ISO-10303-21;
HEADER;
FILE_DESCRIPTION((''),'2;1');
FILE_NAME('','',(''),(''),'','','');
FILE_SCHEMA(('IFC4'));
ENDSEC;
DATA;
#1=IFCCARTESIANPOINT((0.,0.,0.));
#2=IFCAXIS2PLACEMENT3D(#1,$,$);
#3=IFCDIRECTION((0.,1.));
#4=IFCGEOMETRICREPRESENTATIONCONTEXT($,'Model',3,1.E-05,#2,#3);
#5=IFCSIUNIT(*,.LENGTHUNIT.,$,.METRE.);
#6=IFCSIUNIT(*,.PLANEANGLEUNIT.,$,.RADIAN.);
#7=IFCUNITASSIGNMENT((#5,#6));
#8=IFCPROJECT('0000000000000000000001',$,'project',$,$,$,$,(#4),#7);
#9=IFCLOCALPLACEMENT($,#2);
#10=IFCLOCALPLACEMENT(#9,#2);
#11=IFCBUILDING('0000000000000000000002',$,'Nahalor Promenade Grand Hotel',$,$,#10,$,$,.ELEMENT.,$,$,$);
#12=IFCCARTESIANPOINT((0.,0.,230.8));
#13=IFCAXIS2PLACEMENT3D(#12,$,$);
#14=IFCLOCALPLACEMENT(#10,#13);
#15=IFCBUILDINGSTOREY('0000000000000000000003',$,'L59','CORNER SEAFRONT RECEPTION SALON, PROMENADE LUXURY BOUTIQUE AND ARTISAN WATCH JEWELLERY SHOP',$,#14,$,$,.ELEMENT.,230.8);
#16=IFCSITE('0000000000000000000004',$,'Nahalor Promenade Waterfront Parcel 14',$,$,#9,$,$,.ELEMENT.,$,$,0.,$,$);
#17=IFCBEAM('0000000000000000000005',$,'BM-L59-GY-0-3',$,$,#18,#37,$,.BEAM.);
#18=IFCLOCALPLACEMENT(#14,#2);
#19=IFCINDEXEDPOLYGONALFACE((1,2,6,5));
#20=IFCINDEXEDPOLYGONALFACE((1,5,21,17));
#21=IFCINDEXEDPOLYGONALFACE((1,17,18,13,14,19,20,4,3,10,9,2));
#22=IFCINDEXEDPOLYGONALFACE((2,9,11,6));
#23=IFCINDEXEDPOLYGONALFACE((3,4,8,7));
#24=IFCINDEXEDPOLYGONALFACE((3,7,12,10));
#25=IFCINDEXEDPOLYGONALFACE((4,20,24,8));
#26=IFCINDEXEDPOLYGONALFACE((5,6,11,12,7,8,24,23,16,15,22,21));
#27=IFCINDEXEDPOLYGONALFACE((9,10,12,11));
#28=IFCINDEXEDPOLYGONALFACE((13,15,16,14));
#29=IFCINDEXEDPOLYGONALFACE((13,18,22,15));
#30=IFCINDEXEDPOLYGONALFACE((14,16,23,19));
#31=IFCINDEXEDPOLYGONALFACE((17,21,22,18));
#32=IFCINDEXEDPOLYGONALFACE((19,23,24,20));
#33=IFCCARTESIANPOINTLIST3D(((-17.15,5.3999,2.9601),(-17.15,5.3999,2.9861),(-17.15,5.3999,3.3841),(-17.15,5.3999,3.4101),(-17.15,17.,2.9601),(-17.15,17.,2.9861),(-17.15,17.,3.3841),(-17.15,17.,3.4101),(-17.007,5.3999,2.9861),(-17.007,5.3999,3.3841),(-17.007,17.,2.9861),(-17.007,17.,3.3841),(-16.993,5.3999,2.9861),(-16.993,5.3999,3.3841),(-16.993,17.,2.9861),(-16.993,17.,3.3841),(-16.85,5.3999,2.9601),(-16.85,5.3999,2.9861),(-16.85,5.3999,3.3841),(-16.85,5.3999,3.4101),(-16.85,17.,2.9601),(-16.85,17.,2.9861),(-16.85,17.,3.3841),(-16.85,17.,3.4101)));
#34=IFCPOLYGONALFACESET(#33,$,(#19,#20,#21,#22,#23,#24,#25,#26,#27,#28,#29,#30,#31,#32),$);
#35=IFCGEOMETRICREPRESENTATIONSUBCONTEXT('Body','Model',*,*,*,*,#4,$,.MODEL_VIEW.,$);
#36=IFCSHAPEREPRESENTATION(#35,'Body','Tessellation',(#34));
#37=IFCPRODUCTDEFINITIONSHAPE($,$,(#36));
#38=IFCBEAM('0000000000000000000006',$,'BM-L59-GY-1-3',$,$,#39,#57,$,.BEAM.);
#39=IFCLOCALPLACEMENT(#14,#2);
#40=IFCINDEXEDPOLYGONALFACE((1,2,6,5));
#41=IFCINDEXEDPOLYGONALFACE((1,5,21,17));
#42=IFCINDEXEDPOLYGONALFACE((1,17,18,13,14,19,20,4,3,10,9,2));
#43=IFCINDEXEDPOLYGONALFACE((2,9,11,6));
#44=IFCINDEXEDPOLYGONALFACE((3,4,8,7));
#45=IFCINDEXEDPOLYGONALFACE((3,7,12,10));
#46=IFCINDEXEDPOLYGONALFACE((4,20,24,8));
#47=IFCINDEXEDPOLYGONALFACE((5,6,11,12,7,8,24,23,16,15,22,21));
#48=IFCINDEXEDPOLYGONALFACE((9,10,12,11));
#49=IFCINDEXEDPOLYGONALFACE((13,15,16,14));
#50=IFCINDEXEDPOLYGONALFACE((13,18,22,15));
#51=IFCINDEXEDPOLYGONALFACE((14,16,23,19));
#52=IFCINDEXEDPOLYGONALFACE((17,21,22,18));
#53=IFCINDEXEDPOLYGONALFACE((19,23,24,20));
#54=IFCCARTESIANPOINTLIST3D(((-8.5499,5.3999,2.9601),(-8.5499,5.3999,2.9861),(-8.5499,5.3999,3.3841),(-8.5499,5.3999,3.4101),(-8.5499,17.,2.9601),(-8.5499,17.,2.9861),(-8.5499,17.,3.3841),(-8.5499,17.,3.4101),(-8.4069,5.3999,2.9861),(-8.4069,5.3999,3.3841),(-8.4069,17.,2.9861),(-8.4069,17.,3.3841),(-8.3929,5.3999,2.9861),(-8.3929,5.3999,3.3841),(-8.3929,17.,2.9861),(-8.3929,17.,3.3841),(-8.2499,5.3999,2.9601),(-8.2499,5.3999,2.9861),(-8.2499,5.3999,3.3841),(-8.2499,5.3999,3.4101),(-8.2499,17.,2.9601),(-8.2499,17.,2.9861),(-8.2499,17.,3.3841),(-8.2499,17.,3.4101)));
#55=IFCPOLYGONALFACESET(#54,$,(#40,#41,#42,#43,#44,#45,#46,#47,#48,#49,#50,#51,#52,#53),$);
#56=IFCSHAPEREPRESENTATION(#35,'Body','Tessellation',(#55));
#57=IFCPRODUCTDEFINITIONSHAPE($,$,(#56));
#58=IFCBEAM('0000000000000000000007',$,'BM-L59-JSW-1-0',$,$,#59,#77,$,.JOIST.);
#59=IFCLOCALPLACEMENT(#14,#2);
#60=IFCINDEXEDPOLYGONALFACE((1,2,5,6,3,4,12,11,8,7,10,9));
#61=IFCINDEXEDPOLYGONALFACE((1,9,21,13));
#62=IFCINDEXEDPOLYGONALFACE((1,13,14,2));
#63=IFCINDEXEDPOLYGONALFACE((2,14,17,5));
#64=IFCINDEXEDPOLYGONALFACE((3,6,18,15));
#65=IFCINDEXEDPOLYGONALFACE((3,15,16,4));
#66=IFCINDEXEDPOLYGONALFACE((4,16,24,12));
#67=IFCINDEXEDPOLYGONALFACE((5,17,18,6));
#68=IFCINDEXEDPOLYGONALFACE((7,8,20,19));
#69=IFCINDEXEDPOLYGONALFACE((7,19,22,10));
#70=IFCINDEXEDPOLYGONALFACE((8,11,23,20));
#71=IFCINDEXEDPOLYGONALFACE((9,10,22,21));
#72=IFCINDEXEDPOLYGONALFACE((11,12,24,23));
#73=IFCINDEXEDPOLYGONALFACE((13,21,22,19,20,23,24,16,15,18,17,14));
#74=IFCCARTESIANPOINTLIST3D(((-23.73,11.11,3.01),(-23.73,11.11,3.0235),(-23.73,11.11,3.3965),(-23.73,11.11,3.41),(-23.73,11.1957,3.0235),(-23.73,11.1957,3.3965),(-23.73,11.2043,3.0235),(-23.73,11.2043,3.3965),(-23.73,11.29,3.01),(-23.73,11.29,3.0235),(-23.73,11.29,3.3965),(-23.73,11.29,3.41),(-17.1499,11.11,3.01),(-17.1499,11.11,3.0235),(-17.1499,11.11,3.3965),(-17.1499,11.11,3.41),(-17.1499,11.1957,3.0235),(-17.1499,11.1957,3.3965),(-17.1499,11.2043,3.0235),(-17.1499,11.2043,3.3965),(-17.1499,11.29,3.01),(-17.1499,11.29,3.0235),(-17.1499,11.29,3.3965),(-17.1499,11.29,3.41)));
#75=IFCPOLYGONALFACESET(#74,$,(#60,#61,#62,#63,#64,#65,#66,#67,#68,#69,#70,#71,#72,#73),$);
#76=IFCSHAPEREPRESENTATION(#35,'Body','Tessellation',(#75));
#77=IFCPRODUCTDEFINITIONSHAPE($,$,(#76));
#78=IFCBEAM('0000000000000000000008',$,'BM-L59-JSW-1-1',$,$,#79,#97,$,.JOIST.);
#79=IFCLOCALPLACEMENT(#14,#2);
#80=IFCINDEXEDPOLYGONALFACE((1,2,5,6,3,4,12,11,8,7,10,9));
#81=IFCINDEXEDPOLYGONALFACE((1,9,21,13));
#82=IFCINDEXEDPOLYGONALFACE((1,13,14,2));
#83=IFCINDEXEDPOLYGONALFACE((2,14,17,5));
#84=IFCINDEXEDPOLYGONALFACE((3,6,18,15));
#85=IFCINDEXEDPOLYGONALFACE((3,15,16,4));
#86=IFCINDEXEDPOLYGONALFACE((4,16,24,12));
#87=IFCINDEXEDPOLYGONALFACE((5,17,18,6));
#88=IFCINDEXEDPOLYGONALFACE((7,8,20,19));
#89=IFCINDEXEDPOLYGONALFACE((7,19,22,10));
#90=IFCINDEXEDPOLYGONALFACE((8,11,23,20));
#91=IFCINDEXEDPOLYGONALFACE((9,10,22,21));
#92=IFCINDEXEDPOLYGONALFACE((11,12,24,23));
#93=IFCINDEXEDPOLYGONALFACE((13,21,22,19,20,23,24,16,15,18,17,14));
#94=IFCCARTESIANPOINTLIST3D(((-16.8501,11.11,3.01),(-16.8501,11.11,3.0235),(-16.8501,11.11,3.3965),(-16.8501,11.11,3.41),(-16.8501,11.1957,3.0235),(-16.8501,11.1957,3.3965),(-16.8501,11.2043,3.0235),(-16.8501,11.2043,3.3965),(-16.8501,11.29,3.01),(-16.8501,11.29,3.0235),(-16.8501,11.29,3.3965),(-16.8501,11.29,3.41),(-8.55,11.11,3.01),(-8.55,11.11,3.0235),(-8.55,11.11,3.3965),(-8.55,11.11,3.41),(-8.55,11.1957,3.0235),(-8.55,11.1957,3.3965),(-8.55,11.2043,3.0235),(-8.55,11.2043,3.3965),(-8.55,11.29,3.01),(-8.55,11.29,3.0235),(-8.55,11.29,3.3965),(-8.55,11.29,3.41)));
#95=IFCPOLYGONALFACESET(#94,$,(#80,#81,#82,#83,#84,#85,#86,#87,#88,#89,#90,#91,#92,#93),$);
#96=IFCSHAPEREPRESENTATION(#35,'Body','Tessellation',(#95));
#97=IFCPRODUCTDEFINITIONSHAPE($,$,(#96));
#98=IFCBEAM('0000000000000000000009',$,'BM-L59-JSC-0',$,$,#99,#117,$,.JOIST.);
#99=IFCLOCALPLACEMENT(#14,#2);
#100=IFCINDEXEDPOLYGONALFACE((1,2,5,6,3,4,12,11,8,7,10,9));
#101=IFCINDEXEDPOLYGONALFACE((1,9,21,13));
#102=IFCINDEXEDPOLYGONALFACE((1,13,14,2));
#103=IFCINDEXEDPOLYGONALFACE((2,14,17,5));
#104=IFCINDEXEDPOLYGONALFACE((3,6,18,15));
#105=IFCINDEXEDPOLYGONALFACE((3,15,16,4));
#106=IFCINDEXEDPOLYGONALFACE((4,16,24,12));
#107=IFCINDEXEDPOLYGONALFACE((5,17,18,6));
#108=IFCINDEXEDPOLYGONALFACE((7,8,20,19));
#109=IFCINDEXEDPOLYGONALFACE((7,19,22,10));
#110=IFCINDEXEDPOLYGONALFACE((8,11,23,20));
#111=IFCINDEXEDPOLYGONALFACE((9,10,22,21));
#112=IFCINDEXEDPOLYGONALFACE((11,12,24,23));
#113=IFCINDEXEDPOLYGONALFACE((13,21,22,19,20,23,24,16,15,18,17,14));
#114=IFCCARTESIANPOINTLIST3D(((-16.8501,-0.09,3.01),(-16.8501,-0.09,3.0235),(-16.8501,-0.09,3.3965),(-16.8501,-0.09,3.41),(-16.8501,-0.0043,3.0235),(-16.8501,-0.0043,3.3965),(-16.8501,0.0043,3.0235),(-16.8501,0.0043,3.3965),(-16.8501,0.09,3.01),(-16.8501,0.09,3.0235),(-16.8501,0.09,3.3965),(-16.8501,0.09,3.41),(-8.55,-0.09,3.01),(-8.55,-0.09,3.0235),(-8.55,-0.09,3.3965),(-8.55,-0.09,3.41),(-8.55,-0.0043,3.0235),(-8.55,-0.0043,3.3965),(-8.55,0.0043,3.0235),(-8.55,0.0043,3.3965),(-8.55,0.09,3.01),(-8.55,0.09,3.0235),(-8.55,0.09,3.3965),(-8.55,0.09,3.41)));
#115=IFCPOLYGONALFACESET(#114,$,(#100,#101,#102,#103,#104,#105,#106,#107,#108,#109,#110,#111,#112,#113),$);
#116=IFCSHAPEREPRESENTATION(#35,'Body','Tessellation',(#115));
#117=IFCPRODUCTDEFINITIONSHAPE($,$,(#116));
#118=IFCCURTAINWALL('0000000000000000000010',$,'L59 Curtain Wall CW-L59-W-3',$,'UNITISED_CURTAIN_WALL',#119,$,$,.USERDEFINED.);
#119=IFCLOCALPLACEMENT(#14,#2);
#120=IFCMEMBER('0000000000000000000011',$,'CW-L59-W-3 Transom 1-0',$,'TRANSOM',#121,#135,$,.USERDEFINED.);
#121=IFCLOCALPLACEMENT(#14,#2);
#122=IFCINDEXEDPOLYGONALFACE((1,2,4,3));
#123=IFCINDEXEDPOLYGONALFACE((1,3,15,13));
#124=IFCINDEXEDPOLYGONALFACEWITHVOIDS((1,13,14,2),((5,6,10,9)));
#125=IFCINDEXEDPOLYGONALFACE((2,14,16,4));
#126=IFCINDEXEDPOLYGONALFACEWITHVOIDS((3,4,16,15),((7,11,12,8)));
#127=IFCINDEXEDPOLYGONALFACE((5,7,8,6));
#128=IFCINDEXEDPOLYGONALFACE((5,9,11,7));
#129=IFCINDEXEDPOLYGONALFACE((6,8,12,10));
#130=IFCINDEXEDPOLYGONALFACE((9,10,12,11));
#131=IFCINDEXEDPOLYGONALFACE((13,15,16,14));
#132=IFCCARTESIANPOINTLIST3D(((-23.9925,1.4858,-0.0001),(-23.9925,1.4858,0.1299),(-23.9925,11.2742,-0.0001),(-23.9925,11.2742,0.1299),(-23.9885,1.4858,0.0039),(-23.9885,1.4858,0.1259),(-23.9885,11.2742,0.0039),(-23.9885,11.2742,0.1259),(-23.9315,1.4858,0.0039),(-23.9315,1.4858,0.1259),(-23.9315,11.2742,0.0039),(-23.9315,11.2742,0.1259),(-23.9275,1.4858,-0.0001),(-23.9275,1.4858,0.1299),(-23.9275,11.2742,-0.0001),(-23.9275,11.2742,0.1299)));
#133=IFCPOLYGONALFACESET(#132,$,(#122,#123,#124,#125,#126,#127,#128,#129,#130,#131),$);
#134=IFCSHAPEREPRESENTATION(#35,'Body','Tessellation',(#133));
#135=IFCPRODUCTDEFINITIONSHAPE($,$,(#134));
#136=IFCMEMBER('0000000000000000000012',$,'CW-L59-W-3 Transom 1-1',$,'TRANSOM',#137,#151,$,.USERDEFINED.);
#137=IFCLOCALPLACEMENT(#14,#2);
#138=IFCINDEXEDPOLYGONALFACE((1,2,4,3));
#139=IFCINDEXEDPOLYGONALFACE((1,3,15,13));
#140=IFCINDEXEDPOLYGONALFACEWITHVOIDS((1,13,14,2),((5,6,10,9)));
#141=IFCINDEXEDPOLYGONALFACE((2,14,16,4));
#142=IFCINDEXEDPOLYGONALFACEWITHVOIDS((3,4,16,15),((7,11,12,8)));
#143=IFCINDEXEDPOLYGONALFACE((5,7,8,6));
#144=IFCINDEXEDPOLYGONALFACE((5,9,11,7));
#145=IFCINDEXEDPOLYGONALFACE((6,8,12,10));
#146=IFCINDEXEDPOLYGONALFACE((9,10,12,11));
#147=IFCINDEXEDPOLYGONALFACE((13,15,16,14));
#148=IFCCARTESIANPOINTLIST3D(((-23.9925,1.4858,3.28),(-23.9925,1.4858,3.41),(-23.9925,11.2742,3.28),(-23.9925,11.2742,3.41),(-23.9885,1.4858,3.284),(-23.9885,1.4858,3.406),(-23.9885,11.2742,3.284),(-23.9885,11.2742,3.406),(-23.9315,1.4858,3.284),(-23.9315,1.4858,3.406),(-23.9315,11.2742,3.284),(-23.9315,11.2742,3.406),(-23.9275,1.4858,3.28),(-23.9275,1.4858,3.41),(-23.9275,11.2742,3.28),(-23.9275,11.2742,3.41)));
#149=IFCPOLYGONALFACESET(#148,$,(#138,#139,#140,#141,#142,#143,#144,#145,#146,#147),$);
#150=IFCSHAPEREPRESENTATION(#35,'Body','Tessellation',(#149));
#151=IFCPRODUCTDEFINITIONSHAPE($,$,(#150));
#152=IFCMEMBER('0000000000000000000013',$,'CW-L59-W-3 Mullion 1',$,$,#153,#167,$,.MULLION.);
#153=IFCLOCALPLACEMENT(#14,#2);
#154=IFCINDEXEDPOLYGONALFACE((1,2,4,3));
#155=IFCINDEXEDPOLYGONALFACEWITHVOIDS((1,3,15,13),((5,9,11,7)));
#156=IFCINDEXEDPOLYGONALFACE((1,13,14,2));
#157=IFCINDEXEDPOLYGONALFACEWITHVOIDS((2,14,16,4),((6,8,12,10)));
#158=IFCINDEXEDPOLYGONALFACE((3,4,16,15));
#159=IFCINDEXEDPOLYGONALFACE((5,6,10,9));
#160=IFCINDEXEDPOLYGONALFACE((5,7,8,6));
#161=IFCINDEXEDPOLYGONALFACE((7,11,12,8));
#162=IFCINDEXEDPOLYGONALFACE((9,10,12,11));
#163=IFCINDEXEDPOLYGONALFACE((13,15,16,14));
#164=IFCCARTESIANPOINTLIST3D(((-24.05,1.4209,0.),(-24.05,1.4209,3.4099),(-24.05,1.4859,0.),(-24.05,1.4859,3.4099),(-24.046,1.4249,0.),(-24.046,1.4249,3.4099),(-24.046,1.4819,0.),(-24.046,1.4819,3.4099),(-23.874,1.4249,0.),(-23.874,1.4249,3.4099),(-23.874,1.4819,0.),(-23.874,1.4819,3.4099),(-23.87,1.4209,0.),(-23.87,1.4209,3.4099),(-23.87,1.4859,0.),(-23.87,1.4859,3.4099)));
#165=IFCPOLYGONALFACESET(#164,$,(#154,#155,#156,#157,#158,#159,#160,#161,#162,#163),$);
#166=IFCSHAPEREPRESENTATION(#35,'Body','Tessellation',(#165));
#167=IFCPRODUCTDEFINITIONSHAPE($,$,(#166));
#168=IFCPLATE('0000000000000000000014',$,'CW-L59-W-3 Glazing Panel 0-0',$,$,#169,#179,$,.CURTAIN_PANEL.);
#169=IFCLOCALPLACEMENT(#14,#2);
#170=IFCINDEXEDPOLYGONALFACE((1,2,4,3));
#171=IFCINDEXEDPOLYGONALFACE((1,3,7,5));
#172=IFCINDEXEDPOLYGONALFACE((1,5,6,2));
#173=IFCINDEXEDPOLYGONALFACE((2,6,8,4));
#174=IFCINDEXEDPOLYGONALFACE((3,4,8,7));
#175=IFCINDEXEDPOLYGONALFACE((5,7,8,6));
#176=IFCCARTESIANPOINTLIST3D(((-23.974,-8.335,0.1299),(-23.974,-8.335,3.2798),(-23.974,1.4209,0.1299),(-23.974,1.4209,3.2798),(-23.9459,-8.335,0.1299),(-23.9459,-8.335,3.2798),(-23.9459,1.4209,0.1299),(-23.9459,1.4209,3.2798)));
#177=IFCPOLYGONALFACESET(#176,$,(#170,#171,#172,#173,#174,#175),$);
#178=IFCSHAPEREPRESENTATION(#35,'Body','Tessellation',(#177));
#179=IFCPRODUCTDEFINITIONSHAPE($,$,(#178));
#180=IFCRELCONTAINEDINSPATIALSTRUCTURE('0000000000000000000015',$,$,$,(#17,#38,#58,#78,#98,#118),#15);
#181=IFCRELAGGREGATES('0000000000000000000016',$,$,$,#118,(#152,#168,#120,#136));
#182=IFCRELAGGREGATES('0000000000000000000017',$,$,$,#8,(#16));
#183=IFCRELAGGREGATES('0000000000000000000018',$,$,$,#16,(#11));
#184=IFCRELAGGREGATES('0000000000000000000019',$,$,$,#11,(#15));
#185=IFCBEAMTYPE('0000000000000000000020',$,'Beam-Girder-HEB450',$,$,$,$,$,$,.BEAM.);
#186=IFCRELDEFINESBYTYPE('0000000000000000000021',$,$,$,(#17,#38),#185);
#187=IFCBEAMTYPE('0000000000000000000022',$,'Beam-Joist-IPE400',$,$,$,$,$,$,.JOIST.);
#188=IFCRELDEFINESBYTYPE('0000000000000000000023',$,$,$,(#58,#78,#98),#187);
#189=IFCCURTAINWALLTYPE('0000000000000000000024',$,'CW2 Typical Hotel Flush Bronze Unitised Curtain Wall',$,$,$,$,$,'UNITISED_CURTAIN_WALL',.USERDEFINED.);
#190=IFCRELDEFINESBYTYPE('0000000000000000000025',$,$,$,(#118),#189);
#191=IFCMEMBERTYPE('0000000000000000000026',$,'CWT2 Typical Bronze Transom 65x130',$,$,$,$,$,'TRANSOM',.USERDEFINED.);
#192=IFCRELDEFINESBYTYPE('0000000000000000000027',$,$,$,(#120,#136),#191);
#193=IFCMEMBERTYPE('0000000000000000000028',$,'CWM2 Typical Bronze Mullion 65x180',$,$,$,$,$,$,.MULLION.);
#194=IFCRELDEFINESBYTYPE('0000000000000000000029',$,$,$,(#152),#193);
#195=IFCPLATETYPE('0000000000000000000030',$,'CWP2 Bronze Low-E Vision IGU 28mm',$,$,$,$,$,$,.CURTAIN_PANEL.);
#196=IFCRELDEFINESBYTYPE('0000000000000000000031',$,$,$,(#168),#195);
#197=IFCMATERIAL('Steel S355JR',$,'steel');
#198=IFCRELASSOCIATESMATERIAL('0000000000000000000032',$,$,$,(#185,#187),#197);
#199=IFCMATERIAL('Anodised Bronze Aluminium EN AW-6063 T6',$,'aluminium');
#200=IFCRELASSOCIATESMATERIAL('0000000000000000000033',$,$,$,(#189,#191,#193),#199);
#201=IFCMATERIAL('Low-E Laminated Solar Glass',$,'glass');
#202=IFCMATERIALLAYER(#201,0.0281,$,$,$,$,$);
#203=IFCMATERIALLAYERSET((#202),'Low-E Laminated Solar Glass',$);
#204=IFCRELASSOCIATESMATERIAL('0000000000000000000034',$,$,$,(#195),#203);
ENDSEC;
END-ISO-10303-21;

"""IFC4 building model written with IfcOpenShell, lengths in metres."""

from ifc_helpers import new_model, si_unit, direction, frame, origin, origin_2d, place, context, subcontext, project, spatial, rectangle, hollow_rectangle, i_section, extrude, source, transform, mapped, material, layer, layer_set, material_profile, profile_set, type_object, element, aggregate, save


model = new_model("IFC4")

# Units and contexts
model_context = context("Model", 3, precision=1e-05, world=origin(), true_north=direction((0.0, 1.0)))
body_context = subcontext(model_context, "Body", "Model", "MODEL_VIEW")
ifc_project = project(units=[si_unit("LENGTHUNIT", "METRE"), si_unit("PLANEANGLEUNIT", "RADIAN")], contexts=[model_context])

# Site, building, storey
site_placement = place(None, origin())
site = spatial("IfcSite", under=ifc_project, at=site_placement, Name="Nahalor Promenade Waterfront Parcel 14", CompositionType="ELEMENT", RefElevation=0.0)
building_placement = place(site_placement, origin())
building = spatial("IfcBuilding", under=site, at=building_placement, Name="Nahalor Promenade Grand Hotel", CompositionType="ELEMENT")
storey_placement = place(building_placement, frame((0.0, 0.0, 230.8)))
storey = spatial("IfcBuildingStorey", under=building, at=storey_placement, Name="L59", Description="CORNER SEAFRONT RECEPTION SALON, PROMENADE LUXURY BOUTIQUE AND ARTISAN WATCH JEWELLERY SHOP", CompositionType="ELEMENT", Elevation=230.8)

# Shared definitions
ifc_material_1 = material(Name="Steel S355JR", Category="steel")

# Beams
ifc_material_profile_1 = material_profile(ifc_material_1, i_section(OverallWidth=0.3, OverallDepth=0.45, WebThickness=0.014, FlangeThickness=0.026, at=origin_2d()), Name="HEB 450")
ifc_profile_set_1 = profile_set([ifc_material_profile_1], Name="Steel S355JR")
beam_type_1 = type_object("IfcBeamType", Name="Beam-Girder-HEB450", PredefinedType="BEAM", material=ifc_profile_set_1)
shared_shape_1 = source(origin(), body_context, "Body", "SweptSolid", [
    extrude(i_section(OverallWidth=0.3, OverallDepth=0.45, WebThickness=0.014, FlangeThickness=0.026, at=origin_2d()), origin(), (0.0, 0.0, 1.0), 11.6001),
])
for number, where, z_axis, x_axis, name in (
    (1, (-17.0, 5.3999, 3.1851), (0.0, 1.0, 0.0), (-1.0, 0.0, 0.0), "BM-L59-GY-0-3"),
    (2, (-8.3999, 5.3999, 3.1851), (0.0, 1.0, 0.0), (-1.0, 0.0, 0.0), "BM-L59-GY-1-3"),
):
    element("IfcBeam", number, at=place(storey_placement, frame(where, z_axis=z_axis, x_axis=x_axis)), inside=storey, type_object=beam_type_1, Name=name, PredefinedType="BEAM", context=body_context, shape_type="MappedRepresentation", body=[
        mapped(shared_shape_1, transform((0.0, 0.0, 0.0), scale=1.0)),
    ])
ifc_material_profile_2 = material_profile(ifc_material_1, i_section(OverallWidth=0.18, OverallDepth=0.4, WebThickness=0.0086, FlangeThickness=0.0135, at=origin_2d()), Name="IPE 400")
ifc_profile_set_2 = profile_set([ifc_material_profile_2], Name="Steel S355JR")
beam_type_2 = type_object("IfcBeamType", Name="Beam-Joist-IPE400", PredefinedType="JOIST", material=ifc_profile_set_2)
shared_shape_2 = source(origin(), body_context, "Body", "SweptSolid", [
    extrude(i_section(OverallWidth=0.18, OverallDepth=0.4, WebThickness=0.0086, FlangeThickness=0.0135, at=origin_2d()), origin(), (0.0, 0.0, 1.0), 6.5801),
])
beam_1_placement = place(storey_placement, frame((-23.73, 11.2, 3.21), z_axis=(1.0, 0.0, 0.0), x_axis=(0.0, 1.0, 0.0)))
element("IfcBeam", 3, at=beam_1_placement, inside=storey, type_object=beam_type_2, Name="BM-L59-JSW-1-0", PredefinedType="JOIST", context=body_context, shape_type="MappedRepresentation", body=[
    mapped(shared_shape_2, transform((0.0, 0.0, 0.0), scale=1.0)),
])
shared_shape_3 = source(origin(), body_context, "Body", "SweptSolid", [
    extrude(i_section(OverallWidth=0.18, OverallDepth=0.4, WebThickness=0.0086, FlangeThickness=0.0135, at=origin_2d()), origin(), (0.0, 0.0, 1.0), 8.3),
])
for number, where, z_axis, x_axis, name in (
    (4, (-16.8501, 11.2, 3.21), (1.0, 0.0, 0.0), (0.0, 1.0, 0.0), "BM-L59-JSW-1-1"),
    (5, (-16.8501, 0.0, 3.21), (1.0, 0.0, 0.0), (0.0, 1.0, 0.0), "BM-L59-JSC-0"),
):
    element("IfcBeam", number, at=place(storey_placement, frame(where, z_axis=z_axis, x_axis=x_axis)), inside=storey, type_object=beam_type_2, Name=name, PredefinedType="JOIST", context=body_context, shape_type="MappedRepresentation", body=[
        mapped(shared_shape_3, transform((0.0, 0.0, 0.0), scale=1.0)),
    ])

# Curtain wall, members, plate
ifc_material_2 = material(Name="Anodised Bronze Aluminium EN AW-6063 T6", Category="aluminium")
curtain_wall_type = type_object("IfcCurtainWallType", Name="CW2 Typical Hotel Flush Bronze Unitised Curtain Wall", ElementType="UNITISED_CURTAIN_WALL", PredefinedType="USERDEFINED", material=ifc_material_2)
curtain_wall_placement = place(storey_placement, origin())
curtain_wall = element("IfcCurtainWall", 6, at=curtain_wall_placement, inside=storey, type_object=curtain_wall_type, Name="L59 Curtain Wall CW-L59-W-3", ObjectType="UNITISED_CURTAIN_WALL", PredefinedType="USERDEFINED")
ifc_material_profile_3 = material_profile(ifc_material_2, hollow_rectangle(XDim=0.065, YDim=0.13, WallThickness=0.004, at=origin_2d()), Name="CWT 65x130x4")
ifc_profile_set_3 = profile_set([ifc_material_profile_3], Name="Anodised Bronze Aluminium EN AW-6063 T6")
member_type_1 = type_object("IfcMemberType", Name="CWT2 Typical Bronze Transom 65x130", ElementType="TRANSOM", PredefinedType="USERDEFINED", material=ifc_profile_set_3)
shared_shape_4 = source(origin(), body_context, "Body", "SweptSolid", [
    extrude(hollow_rectangle(XDim=0.065, YDim=0.13, WallThickness=0.004, at=origin_2d()), origin(), (0.0, 0.0, 1.0), 9.7883),
])
member_1_placement = place(storey_placement, frame((-23.96, 1.4858, 0.0649), z_axis=(0.0, 1.0, 0.0), x_axis=(-1.0, 0.0, 0.0)))
member_1 = element("IfcMember", 7, at=member_1_placement, type_object=member_type_1, Name="CW-L59-W-3 Transom 1-0", ObjectType="TRANSOM", PredefinedType="USERDEFINED", context=body_context, shape_type="MappedRepresentation", body=[
    mapped(shared_shape_4, transform((0.0, 0.0, 0.0), scale=1.0)),
])
member_2_placement = place(storey_placement, frame((-23.96, 1.4858, 3.345), z_axis=(0.0, 1.0, 0.0), x_axis=(-1.0, 0.0, 0.0)))
member_2 = element("IfcMember", 8, at=member_2_placement, type_object=member_type_1, Name="CW-L59-W-3 Transom 1-1", ObjectType="TRANSOM", PredefinedType="USERDEFINED", context=body_context, shape_type="MappedRepresentation", body=[
    mapped(shared_shape_4, transform((0.0, 0.0, 0.0), scale=1.0)),
])
ifc_material_profile_4 = material_profile(ifc_material_2, hollow_rectangle(XDim=0.065, YDim=0.18, WallThickness=0.004, at=origin_2d()), Name="CWM 65x180x4")
ifc_profile_set_4 = profile_set([ifc_material_profile_4], Name="Anodised Bronze Aluminium EN AW-6063 T6")
member_type_2 = type_object("IfcMemberType", Name="CWM2 Typical Bronze Mullion 65x180", PredefinedType="MULLION", material=ifc_profile_set_4)
shared_shape_5 = source(origin(), body_context, "Body", "SweptSolid", [
    extrude(hollow_rectangle(XDim=0.065, YDim=0.18, WallThickness=0.004, at=origin_2d()), origin(), (0.0, 0.0, 1.0), 3.4099),
])
member_3_placement = place(storey_placement, frame((-23.96, 1.4534, 0.0), z_axis=(0.0, 0.0, 1.0), x_axis=(0.0, 1.0, 0.0)))
member_3 = element("IfcMember", 9, at=member_3_placement, type_object=member_type_2, Name="CW-L59-W-3 Mullion 1", PredefinedType="MULLION", context=body_context, shape_type="MappedRepresentation", body=[
    mapped(shared_shape_5, transform((0.0, 0.0, 0.0), scale=1.0)),
])
ifc_material_3 = material(Name="Low-E Laminated Solar Glass", Category="glass")
ifc_layer_1 = layer(ifc_material_3, 0.0281)
ifc_layer_set_1 = layer_set([ifc_layer_1], Name="Low-E Laminated Solar Glass")
plate_type = type_object("IfcPlateType", Name="CWP2 Bronze Low-E Vision IGU 28mm", PredefinedType="CURTAIN_PANEL", material=ifc_layer_set_1)
shared_shape_6 = source(origin(), body_context, "Body", "SweptSolid", [
    extrude(rectangle(XDim=9.7559, YDim=0.0281, at=origin_2d()), origin(), (0.0, 0.0, 1.0), 3.1499),
])
plate_1_placement = place(storey_placement, frame((-23.96, -3.457, 0.1299), z_axis=(0.0, 0.0, 1.0), x_axis=(0.0, 1.0, 0.0)))
plate_1 = element("IfcPlate", 10, at=plate_1_placement, type_object=plate_type, Name="CW-L59-W-3 Glazing Panel 0-0", PredefinedType="CURTAIN_PANEL", context=body_context, shape_type="MappedRepresentation", body=[
    mapped(shared_shape_6, transform((0.0, 0.0, 0.0), scale=1.0)),
])
aggregate(curtain_wall, [member_3, plate_1, member_1, member_2])

save(model, "model.ifc")
